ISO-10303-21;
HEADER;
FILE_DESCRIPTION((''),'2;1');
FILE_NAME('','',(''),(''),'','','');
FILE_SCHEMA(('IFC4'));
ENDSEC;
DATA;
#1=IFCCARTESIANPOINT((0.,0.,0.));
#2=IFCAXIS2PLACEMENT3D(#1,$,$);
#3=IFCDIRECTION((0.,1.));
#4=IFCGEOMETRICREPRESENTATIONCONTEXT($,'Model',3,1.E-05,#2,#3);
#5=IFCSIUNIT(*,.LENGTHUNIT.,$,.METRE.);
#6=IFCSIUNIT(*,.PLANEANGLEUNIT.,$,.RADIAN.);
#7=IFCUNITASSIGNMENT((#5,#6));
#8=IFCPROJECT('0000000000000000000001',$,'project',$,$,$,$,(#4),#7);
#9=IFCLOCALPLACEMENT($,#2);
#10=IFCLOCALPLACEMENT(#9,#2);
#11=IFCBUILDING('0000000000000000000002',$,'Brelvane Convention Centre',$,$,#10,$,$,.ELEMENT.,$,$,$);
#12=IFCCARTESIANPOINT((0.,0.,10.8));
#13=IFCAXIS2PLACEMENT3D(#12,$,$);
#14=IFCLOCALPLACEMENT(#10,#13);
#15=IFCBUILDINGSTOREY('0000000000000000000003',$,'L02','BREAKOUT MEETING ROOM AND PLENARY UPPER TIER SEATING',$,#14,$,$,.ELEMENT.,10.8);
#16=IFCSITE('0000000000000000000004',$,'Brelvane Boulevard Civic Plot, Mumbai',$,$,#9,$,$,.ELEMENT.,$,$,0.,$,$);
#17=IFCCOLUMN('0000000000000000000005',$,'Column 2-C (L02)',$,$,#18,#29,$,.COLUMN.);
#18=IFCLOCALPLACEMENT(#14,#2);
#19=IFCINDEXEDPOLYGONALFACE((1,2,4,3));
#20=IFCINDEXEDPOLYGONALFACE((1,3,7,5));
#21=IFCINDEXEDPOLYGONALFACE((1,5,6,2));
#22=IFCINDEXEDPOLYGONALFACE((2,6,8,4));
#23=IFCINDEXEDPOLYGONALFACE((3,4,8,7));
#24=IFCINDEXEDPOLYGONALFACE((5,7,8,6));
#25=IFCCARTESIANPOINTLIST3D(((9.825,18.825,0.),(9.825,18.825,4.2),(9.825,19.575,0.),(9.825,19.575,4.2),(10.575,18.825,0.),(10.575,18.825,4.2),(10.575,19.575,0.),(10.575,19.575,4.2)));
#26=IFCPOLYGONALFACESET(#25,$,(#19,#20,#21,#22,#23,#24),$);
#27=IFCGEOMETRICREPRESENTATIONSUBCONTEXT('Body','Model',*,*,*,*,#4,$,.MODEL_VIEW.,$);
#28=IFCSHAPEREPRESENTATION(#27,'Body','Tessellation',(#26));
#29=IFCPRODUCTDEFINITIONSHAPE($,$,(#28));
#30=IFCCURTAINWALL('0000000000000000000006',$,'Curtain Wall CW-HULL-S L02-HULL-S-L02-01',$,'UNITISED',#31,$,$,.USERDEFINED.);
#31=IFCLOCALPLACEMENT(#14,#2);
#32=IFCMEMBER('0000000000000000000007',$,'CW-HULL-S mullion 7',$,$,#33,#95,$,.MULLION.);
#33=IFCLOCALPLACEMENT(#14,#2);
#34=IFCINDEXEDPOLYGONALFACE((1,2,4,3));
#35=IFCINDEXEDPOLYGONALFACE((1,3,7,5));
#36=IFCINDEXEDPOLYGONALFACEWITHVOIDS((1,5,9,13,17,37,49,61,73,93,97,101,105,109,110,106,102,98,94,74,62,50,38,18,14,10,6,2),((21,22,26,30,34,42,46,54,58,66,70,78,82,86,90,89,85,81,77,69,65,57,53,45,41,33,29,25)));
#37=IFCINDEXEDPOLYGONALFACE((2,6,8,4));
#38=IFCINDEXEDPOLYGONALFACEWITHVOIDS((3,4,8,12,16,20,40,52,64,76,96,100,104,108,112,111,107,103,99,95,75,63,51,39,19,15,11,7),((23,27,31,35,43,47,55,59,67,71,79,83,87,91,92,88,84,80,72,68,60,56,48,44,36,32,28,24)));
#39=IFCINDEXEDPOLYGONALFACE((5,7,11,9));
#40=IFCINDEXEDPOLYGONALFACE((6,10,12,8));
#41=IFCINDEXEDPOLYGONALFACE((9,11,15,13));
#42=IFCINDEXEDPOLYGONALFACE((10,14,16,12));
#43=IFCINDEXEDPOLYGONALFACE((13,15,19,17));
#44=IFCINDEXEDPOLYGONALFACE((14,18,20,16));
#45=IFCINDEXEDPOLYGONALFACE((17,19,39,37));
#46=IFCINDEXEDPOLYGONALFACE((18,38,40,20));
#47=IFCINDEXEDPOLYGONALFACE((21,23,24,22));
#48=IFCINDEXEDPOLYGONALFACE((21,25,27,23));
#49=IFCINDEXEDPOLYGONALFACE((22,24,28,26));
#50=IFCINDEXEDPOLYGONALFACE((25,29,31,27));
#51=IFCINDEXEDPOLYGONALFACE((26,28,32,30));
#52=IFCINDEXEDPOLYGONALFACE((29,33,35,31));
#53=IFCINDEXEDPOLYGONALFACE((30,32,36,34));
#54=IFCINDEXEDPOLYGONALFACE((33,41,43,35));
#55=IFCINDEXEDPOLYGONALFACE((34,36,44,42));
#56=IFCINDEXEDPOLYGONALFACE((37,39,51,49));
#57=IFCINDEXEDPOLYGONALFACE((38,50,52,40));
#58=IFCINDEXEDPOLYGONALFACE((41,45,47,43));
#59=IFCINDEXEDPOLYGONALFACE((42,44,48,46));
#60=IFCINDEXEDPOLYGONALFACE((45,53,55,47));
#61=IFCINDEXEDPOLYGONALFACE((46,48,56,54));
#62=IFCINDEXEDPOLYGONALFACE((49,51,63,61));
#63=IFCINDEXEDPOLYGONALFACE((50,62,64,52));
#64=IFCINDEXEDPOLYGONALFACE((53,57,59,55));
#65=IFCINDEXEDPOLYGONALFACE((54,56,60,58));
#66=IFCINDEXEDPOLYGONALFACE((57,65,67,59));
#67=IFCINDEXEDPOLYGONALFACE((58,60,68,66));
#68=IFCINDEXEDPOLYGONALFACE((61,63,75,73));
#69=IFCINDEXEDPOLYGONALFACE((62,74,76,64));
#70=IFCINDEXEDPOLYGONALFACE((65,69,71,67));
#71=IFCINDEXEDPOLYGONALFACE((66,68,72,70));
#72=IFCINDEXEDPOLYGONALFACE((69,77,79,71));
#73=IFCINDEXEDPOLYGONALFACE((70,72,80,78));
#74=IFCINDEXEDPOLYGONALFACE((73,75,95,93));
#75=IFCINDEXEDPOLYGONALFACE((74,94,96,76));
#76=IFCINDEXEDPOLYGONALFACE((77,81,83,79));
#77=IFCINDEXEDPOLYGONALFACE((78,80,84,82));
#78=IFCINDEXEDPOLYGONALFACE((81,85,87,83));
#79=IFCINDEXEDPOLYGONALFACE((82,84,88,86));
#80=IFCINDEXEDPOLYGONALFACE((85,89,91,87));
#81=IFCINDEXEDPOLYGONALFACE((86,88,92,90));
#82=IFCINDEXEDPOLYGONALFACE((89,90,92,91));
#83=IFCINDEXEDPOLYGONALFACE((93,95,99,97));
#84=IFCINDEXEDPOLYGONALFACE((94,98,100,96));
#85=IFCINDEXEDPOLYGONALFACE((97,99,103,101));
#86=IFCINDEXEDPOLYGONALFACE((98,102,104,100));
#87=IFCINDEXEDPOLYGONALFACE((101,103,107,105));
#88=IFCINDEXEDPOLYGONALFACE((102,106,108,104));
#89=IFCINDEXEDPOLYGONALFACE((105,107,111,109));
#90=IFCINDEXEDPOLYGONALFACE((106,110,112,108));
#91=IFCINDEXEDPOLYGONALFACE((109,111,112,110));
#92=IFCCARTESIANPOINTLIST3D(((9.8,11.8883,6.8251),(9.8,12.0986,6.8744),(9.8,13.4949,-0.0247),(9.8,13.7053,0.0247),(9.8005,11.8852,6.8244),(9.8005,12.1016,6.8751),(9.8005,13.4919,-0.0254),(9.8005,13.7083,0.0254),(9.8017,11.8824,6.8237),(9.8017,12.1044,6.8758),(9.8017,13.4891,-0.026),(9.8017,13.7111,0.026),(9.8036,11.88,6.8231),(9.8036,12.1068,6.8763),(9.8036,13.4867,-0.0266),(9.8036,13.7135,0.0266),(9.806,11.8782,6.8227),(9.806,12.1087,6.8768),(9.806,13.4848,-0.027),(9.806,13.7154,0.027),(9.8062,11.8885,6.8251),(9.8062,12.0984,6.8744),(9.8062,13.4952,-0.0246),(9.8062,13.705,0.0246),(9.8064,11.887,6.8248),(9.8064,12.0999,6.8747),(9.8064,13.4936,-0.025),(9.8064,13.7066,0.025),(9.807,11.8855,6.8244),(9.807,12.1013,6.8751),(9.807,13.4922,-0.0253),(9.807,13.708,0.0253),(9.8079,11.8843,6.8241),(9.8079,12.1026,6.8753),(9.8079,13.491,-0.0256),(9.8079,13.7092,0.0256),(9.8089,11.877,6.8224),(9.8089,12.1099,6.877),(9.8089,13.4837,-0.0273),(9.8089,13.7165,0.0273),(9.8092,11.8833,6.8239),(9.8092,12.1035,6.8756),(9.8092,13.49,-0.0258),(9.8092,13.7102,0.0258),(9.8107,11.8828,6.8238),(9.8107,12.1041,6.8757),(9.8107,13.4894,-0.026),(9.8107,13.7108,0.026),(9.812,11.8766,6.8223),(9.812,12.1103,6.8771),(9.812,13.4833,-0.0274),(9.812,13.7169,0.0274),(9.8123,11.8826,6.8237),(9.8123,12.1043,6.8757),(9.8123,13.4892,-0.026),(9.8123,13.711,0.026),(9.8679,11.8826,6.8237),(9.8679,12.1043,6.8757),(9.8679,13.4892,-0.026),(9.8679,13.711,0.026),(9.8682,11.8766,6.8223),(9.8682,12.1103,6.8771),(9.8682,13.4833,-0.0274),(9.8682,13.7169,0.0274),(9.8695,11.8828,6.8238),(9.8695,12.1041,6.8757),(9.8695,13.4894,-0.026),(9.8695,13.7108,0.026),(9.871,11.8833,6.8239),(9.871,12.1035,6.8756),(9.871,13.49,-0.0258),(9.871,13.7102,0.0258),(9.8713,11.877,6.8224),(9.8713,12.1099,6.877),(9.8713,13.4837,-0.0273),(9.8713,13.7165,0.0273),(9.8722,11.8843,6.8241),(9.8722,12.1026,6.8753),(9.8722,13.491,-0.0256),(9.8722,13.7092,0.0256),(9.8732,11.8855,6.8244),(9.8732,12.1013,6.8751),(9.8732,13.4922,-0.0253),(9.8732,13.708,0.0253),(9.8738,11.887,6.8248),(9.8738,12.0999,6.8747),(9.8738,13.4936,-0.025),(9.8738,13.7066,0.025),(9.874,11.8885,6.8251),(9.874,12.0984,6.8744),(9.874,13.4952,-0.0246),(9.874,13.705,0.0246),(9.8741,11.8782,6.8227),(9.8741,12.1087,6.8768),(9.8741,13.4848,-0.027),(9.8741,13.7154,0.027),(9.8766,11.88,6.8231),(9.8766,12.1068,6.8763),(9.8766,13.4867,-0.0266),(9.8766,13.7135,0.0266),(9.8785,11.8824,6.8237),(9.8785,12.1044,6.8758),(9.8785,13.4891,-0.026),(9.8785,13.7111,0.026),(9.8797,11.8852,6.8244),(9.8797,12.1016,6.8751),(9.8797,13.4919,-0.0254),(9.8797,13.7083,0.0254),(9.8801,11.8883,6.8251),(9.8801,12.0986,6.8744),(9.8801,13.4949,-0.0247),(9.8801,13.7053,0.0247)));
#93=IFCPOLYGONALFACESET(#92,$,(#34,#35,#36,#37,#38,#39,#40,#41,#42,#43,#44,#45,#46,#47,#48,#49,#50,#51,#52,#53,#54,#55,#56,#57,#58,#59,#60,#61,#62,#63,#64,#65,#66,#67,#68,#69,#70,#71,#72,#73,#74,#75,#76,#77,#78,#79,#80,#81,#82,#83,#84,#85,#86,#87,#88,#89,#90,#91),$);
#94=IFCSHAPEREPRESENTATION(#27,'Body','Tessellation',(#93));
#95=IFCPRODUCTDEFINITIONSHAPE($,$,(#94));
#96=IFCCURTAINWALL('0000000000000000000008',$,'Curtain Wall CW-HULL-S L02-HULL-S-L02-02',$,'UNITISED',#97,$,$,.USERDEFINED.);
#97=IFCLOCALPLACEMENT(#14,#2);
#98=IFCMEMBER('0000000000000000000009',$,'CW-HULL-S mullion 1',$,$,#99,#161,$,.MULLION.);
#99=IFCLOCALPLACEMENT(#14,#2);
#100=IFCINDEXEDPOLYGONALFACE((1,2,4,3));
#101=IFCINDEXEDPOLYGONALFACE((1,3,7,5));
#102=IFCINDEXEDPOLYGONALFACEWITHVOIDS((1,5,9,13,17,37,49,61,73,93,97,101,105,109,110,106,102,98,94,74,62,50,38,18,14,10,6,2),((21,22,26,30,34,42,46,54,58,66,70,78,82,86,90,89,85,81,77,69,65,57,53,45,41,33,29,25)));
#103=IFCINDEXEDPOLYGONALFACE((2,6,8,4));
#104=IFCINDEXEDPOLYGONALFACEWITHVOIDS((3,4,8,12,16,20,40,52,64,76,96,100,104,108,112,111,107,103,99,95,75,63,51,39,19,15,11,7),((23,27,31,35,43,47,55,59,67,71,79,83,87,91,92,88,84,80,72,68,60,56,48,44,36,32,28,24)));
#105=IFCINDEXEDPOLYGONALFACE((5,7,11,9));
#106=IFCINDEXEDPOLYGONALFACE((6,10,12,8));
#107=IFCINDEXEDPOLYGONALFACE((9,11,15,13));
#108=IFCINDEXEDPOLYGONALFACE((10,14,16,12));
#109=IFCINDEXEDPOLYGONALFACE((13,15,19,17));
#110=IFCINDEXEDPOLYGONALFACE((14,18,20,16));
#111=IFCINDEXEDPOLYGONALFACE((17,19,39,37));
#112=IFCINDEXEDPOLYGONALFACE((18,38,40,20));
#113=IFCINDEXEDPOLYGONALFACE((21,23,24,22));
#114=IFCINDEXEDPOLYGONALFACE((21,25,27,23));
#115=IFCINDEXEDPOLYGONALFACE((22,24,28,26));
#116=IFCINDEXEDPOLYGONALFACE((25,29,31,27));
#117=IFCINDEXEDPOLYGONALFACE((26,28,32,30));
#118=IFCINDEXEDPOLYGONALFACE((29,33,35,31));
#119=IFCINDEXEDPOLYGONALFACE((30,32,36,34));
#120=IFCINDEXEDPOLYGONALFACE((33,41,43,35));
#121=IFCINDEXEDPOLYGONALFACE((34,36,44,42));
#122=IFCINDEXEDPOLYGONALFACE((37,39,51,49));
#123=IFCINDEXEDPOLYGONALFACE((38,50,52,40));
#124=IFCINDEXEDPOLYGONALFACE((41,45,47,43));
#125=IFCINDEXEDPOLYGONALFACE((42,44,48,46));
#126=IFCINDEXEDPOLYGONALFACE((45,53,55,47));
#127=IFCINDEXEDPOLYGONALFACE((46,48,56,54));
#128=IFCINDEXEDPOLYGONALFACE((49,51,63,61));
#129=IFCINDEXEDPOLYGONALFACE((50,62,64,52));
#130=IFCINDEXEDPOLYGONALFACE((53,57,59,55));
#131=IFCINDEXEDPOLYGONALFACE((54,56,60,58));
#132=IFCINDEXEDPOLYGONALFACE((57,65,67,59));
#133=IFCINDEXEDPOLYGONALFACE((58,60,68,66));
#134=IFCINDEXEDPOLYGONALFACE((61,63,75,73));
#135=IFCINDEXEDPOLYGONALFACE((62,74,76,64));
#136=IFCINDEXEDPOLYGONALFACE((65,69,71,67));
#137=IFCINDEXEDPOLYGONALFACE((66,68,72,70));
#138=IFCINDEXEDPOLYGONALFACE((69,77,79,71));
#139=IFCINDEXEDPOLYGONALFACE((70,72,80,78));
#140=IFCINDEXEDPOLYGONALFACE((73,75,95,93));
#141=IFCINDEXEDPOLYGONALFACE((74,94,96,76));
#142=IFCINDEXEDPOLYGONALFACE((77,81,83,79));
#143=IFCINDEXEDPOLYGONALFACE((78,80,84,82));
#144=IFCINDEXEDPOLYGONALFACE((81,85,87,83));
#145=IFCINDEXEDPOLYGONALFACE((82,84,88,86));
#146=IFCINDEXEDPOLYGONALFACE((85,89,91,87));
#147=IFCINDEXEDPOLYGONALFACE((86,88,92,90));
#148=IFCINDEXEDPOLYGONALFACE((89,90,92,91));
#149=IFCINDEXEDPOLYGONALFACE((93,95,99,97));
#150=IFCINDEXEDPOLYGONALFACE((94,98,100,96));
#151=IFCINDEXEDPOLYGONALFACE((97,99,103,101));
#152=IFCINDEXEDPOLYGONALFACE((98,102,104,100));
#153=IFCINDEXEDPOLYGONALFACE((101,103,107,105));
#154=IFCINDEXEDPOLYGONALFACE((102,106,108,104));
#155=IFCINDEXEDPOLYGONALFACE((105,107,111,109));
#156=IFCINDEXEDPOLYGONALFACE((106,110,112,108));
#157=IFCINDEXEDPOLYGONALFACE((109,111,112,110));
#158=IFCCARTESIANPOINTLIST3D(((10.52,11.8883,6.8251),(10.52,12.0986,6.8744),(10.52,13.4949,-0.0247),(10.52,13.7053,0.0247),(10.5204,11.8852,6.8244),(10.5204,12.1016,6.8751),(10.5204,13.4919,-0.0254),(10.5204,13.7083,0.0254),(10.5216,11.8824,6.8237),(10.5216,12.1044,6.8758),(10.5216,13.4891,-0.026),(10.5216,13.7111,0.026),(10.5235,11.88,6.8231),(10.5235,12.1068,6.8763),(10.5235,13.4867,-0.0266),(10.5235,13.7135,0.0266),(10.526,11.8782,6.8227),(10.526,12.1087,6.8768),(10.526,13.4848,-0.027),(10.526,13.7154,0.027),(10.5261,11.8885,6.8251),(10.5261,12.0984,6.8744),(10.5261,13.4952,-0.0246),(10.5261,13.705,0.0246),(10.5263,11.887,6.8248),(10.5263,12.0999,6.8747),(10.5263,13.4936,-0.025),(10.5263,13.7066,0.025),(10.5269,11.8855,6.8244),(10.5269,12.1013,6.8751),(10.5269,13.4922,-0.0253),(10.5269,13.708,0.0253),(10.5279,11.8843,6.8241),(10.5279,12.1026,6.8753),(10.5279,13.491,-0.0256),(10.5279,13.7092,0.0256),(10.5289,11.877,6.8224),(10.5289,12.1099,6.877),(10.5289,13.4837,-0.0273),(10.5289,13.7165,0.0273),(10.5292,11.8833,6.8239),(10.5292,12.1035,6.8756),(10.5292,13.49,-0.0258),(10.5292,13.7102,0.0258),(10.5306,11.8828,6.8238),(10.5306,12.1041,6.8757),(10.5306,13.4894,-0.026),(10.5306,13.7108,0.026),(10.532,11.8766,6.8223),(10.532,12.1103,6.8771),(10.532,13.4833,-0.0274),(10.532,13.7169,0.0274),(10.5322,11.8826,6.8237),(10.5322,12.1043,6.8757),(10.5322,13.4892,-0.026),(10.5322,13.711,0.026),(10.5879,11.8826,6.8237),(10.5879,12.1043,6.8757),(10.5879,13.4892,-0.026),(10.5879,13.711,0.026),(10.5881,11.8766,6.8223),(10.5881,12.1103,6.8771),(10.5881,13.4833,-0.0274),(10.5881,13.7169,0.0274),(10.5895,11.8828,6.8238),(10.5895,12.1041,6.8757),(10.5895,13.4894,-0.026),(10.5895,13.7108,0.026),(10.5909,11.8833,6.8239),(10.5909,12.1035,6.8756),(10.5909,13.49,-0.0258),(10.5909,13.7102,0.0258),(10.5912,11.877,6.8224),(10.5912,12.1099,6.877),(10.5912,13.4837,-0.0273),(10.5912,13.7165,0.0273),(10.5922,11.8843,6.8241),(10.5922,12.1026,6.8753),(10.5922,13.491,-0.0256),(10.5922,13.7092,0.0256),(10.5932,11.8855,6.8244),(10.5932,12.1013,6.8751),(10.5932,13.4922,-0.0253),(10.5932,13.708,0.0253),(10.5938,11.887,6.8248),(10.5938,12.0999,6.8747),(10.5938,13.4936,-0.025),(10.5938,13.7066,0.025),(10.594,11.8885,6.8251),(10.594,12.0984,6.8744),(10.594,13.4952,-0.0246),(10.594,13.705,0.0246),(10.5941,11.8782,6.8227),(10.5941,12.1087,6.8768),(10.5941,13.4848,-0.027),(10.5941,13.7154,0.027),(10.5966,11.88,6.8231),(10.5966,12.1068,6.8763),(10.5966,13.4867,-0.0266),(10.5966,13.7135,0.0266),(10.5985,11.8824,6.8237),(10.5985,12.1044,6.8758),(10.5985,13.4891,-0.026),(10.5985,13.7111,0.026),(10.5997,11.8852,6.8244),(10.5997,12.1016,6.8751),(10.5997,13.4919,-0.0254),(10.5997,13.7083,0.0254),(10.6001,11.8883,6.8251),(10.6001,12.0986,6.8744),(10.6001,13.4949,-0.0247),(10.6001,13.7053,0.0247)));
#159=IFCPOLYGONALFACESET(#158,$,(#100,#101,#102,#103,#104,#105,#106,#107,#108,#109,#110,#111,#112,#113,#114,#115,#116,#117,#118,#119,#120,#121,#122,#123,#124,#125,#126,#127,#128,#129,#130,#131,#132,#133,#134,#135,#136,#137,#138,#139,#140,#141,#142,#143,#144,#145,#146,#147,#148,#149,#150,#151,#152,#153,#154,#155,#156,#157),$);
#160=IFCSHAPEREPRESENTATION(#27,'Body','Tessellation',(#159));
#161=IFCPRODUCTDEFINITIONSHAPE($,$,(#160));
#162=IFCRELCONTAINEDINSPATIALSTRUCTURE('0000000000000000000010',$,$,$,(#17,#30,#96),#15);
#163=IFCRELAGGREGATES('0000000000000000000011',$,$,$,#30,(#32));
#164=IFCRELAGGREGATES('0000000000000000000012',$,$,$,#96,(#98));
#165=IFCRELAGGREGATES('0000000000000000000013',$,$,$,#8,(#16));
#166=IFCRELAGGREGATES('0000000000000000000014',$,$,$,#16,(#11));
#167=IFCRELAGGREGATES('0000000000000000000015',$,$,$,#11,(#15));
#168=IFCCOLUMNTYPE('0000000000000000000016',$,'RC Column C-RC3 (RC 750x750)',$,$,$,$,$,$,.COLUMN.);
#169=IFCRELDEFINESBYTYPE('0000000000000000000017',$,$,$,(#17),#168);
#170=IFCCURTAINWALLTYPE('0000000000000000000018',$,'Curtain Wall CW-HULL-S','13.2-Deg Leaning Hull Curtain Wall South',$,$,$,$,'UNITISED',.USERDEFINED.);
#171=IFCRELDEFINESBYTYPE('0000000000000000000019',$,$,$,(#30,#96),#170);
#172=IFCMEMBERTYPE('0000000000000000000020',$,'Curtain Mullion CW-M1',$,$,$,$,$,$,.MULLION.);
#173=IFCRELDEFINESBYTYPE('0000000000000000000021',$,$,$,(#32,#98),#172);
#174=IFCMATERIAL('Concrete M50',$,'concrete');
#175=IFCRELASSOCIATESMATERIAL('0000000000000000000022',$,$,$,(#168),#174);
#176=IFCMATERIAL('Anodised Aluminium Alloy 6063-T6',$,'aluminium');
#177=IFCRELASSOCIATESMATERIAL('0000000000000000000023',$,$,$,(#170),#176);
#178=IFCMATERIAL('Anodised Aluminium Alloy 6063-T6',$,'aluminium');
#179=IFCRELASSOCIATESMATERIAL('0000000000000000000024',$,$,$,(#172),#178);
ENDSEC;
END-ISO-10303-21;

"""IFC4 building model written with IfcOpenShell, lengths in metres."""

from ifc_helpers import new_model, si_unit, direction, frame, origin, origin_2d, place, context, subcontext, project, spatial, rectangle, hollow_rectangle, extrude, material, material_profile, profile_set, type_object, element, aggregate, save


model = new_model("IFC4")

# Units and contexts
model_context = context("Model", 3, precision=1e-05, world=origin(), true_north=direction((0.0, 1.0)))
body_context = subcontext(model_context, "Body", "Model", "MODEL_VIEW")
ifc_project = project(units=[si_unit("LENGTHUNIT", "METRE"), si_unit("PLANEANGLEUNIT", "RADIAN")], contexts=[model_context])

# Site, building, storey
site_placement = place(None, origin())
site = spatial("IfcSite", under=ifc_project, at=site_placement, Name="Brelvane Boulevard Civic Plot, Mumbai", CompositionType="ELEMENT", RefElevation=0.0)
building_placement = place(site_placement, origin())
building = spatial("IfcBuilding", under=site, at=building_placement, Name="Brelvane Convention Centre", CompositionType="ELEMENT")
storey_placement = place(building_placement, frame((0.0, 0.0, 10.8)))
storey = spatial("IfcBuildingStorey", under=building, at=storey_placement, Name="L02", Description="BREAKOUT MEETING ROOM AND PLENARY UPPER TIER SEATING", CompositionType="ELEMENT", Elevation=10.8)

# Column
ifc_material_1 = material(Name="Concrete M50", Category="concrete")
ifc_material_profile_1 = material_profile(ifc_material_1, rectangle(XDim=0.75, YDim=0.75, at=origin_2d()), Name="RC 750x750")
ifc_profile_set_1 = profile_set([ifc_material_profile_1], Name="Concrete M50")
column_type = type_object("IfcColumnType", Name="RC Column C-RC3 (RC 750x750)", PredefinedType="COLUMN", material=ifc_profile_set_1)
column_placement = place(storey_placement, frame((10.2, 19.2, 0.0), z_axis=(0.0, 0.0, 1.0), x_axis=(1.0, 0.0, 0.0)))
element("IfcColumn", 1, at=column_placement, inside=storey, type_object=column_type, Name="Column 2-C (L02)", PredefinedType="COLUMN", context=body_context, shape_type="SweptSolid", body=[
    extrude(rectangle(XDim=0.75, YDim=0.75, at=origin_2d()), origin(), (0.0, 0.0, 1.0), 4.2),
])

# Curtain wall, member
ifc_material_2 = material(Name="Anodised Aluminium Alloy 6063-T6", Category="aluminium")
curtain_wall_type = type_object("IfcCurtainWallType", Name="Curtain Wall CW-HULL-S", Description="13.2-Deg Leaning Hull Curtain Wall South", ElementType="UNITISED", PredefinedType="USERDEFINED", material=ifc_material_2)
curtain_wall_1_placement = place(storey_placement, origin())
curtain_wall_1 = element("IfcCurtainWall", 2, at=curtain_wall_1_placement, inside=storey, type_object=curtain_wall_type, Name="Curtain Wall CW-HULL-S L02-HULL-S-L02-01", ObjectType="UNITISED", PredefinedType="USERDEFINED")
ifc_material_3 = material(Name="Anodised Aluminium Alloy 6063-T6", Category="aluminium")
ifc_material_profile_2 = material_profile(ifc_material_3, hollow_rectangle(XDim=0.0801, YDim=0.24, WallThickness=0.0061, InnerFilletRadius=0.0061, OuterFilletRadius=0.012, at=origin_2d()), Name="ALU-M 240x80x6.0")
ifc_profile_set_2 = profile_set([ifc_material_profile_2], Name="Anodised Aluminium Alloy 6063-T6")
member_type_1 = type_object("IfcMemberType", Name="Curtain Mullion CW-M1", PredefinedType="MULLION", material=ifc_profile_set_2)
member_1_placement = place(storey_placement, frame((9.8401, 13.6001, 0.0), z_axis=(0.0, -0.22836, 0.973577), x_axis=(1.0, 0.0, 0.0)))
member_1 = element("IfcMember", 3, at=member_1_placement, type_object=member_type_1, Name="CW-HULL-S mullion 7", PredefinedType="MULLION", context=body_context, shape_type="SweptSolid", body=[
    extrude(hollow_rectangle(XDim=0.0801, YDim=0.24, WallThickness=0.0061, InnerFilletRadius=0.0061, OuterFilletRadius=0.012, at=origin_2d()), origin(), (0.0, 0.0, 1.0), 7.0356),
])

# Curtain wall, member
curtain_wall_2_placement = place(storey_placement, origin())
curtain_wall_2 = element("IfcCurtainWall", 4, at=curtain_wall_2_placement, inside=storey, type_object=curtain_wall_type, Name="Curtain Wall CW-HULL-S L02-HULL-S-L02-02", ObjectType="UNITISED", PredefinedType="USERDEFINED")
member_2_placement = place(storey_placement, frame((10.5601, 13.6001, 0.0), z_axis=(0.0, -0.22836, 0.973577), x_axis=(1.0, 0.0, 0.0)))
member_2 = element("IfcMember", 5, at=member_2_placement, type_object=member_type_1, Name="CW-HULL-S mullion 1", PredefinedType="MULLION", context=body_context, shape_type="SweptSolid", body=[
    extrude(hollow_rectangle(XDim=0.0801, YDim=0.24, WallThickness=0.0061, InnerFilletRadius=0.0061, OuterFilletRadius=0.012, at=origin_2d()), origin(), (0.0, 0.0, 1.0), 7.0356),
])

aggregate(curtain_wall_1, [member_1])
aggregate(curtain_wall_2, [member_2])

save(model, "model.ifc")
